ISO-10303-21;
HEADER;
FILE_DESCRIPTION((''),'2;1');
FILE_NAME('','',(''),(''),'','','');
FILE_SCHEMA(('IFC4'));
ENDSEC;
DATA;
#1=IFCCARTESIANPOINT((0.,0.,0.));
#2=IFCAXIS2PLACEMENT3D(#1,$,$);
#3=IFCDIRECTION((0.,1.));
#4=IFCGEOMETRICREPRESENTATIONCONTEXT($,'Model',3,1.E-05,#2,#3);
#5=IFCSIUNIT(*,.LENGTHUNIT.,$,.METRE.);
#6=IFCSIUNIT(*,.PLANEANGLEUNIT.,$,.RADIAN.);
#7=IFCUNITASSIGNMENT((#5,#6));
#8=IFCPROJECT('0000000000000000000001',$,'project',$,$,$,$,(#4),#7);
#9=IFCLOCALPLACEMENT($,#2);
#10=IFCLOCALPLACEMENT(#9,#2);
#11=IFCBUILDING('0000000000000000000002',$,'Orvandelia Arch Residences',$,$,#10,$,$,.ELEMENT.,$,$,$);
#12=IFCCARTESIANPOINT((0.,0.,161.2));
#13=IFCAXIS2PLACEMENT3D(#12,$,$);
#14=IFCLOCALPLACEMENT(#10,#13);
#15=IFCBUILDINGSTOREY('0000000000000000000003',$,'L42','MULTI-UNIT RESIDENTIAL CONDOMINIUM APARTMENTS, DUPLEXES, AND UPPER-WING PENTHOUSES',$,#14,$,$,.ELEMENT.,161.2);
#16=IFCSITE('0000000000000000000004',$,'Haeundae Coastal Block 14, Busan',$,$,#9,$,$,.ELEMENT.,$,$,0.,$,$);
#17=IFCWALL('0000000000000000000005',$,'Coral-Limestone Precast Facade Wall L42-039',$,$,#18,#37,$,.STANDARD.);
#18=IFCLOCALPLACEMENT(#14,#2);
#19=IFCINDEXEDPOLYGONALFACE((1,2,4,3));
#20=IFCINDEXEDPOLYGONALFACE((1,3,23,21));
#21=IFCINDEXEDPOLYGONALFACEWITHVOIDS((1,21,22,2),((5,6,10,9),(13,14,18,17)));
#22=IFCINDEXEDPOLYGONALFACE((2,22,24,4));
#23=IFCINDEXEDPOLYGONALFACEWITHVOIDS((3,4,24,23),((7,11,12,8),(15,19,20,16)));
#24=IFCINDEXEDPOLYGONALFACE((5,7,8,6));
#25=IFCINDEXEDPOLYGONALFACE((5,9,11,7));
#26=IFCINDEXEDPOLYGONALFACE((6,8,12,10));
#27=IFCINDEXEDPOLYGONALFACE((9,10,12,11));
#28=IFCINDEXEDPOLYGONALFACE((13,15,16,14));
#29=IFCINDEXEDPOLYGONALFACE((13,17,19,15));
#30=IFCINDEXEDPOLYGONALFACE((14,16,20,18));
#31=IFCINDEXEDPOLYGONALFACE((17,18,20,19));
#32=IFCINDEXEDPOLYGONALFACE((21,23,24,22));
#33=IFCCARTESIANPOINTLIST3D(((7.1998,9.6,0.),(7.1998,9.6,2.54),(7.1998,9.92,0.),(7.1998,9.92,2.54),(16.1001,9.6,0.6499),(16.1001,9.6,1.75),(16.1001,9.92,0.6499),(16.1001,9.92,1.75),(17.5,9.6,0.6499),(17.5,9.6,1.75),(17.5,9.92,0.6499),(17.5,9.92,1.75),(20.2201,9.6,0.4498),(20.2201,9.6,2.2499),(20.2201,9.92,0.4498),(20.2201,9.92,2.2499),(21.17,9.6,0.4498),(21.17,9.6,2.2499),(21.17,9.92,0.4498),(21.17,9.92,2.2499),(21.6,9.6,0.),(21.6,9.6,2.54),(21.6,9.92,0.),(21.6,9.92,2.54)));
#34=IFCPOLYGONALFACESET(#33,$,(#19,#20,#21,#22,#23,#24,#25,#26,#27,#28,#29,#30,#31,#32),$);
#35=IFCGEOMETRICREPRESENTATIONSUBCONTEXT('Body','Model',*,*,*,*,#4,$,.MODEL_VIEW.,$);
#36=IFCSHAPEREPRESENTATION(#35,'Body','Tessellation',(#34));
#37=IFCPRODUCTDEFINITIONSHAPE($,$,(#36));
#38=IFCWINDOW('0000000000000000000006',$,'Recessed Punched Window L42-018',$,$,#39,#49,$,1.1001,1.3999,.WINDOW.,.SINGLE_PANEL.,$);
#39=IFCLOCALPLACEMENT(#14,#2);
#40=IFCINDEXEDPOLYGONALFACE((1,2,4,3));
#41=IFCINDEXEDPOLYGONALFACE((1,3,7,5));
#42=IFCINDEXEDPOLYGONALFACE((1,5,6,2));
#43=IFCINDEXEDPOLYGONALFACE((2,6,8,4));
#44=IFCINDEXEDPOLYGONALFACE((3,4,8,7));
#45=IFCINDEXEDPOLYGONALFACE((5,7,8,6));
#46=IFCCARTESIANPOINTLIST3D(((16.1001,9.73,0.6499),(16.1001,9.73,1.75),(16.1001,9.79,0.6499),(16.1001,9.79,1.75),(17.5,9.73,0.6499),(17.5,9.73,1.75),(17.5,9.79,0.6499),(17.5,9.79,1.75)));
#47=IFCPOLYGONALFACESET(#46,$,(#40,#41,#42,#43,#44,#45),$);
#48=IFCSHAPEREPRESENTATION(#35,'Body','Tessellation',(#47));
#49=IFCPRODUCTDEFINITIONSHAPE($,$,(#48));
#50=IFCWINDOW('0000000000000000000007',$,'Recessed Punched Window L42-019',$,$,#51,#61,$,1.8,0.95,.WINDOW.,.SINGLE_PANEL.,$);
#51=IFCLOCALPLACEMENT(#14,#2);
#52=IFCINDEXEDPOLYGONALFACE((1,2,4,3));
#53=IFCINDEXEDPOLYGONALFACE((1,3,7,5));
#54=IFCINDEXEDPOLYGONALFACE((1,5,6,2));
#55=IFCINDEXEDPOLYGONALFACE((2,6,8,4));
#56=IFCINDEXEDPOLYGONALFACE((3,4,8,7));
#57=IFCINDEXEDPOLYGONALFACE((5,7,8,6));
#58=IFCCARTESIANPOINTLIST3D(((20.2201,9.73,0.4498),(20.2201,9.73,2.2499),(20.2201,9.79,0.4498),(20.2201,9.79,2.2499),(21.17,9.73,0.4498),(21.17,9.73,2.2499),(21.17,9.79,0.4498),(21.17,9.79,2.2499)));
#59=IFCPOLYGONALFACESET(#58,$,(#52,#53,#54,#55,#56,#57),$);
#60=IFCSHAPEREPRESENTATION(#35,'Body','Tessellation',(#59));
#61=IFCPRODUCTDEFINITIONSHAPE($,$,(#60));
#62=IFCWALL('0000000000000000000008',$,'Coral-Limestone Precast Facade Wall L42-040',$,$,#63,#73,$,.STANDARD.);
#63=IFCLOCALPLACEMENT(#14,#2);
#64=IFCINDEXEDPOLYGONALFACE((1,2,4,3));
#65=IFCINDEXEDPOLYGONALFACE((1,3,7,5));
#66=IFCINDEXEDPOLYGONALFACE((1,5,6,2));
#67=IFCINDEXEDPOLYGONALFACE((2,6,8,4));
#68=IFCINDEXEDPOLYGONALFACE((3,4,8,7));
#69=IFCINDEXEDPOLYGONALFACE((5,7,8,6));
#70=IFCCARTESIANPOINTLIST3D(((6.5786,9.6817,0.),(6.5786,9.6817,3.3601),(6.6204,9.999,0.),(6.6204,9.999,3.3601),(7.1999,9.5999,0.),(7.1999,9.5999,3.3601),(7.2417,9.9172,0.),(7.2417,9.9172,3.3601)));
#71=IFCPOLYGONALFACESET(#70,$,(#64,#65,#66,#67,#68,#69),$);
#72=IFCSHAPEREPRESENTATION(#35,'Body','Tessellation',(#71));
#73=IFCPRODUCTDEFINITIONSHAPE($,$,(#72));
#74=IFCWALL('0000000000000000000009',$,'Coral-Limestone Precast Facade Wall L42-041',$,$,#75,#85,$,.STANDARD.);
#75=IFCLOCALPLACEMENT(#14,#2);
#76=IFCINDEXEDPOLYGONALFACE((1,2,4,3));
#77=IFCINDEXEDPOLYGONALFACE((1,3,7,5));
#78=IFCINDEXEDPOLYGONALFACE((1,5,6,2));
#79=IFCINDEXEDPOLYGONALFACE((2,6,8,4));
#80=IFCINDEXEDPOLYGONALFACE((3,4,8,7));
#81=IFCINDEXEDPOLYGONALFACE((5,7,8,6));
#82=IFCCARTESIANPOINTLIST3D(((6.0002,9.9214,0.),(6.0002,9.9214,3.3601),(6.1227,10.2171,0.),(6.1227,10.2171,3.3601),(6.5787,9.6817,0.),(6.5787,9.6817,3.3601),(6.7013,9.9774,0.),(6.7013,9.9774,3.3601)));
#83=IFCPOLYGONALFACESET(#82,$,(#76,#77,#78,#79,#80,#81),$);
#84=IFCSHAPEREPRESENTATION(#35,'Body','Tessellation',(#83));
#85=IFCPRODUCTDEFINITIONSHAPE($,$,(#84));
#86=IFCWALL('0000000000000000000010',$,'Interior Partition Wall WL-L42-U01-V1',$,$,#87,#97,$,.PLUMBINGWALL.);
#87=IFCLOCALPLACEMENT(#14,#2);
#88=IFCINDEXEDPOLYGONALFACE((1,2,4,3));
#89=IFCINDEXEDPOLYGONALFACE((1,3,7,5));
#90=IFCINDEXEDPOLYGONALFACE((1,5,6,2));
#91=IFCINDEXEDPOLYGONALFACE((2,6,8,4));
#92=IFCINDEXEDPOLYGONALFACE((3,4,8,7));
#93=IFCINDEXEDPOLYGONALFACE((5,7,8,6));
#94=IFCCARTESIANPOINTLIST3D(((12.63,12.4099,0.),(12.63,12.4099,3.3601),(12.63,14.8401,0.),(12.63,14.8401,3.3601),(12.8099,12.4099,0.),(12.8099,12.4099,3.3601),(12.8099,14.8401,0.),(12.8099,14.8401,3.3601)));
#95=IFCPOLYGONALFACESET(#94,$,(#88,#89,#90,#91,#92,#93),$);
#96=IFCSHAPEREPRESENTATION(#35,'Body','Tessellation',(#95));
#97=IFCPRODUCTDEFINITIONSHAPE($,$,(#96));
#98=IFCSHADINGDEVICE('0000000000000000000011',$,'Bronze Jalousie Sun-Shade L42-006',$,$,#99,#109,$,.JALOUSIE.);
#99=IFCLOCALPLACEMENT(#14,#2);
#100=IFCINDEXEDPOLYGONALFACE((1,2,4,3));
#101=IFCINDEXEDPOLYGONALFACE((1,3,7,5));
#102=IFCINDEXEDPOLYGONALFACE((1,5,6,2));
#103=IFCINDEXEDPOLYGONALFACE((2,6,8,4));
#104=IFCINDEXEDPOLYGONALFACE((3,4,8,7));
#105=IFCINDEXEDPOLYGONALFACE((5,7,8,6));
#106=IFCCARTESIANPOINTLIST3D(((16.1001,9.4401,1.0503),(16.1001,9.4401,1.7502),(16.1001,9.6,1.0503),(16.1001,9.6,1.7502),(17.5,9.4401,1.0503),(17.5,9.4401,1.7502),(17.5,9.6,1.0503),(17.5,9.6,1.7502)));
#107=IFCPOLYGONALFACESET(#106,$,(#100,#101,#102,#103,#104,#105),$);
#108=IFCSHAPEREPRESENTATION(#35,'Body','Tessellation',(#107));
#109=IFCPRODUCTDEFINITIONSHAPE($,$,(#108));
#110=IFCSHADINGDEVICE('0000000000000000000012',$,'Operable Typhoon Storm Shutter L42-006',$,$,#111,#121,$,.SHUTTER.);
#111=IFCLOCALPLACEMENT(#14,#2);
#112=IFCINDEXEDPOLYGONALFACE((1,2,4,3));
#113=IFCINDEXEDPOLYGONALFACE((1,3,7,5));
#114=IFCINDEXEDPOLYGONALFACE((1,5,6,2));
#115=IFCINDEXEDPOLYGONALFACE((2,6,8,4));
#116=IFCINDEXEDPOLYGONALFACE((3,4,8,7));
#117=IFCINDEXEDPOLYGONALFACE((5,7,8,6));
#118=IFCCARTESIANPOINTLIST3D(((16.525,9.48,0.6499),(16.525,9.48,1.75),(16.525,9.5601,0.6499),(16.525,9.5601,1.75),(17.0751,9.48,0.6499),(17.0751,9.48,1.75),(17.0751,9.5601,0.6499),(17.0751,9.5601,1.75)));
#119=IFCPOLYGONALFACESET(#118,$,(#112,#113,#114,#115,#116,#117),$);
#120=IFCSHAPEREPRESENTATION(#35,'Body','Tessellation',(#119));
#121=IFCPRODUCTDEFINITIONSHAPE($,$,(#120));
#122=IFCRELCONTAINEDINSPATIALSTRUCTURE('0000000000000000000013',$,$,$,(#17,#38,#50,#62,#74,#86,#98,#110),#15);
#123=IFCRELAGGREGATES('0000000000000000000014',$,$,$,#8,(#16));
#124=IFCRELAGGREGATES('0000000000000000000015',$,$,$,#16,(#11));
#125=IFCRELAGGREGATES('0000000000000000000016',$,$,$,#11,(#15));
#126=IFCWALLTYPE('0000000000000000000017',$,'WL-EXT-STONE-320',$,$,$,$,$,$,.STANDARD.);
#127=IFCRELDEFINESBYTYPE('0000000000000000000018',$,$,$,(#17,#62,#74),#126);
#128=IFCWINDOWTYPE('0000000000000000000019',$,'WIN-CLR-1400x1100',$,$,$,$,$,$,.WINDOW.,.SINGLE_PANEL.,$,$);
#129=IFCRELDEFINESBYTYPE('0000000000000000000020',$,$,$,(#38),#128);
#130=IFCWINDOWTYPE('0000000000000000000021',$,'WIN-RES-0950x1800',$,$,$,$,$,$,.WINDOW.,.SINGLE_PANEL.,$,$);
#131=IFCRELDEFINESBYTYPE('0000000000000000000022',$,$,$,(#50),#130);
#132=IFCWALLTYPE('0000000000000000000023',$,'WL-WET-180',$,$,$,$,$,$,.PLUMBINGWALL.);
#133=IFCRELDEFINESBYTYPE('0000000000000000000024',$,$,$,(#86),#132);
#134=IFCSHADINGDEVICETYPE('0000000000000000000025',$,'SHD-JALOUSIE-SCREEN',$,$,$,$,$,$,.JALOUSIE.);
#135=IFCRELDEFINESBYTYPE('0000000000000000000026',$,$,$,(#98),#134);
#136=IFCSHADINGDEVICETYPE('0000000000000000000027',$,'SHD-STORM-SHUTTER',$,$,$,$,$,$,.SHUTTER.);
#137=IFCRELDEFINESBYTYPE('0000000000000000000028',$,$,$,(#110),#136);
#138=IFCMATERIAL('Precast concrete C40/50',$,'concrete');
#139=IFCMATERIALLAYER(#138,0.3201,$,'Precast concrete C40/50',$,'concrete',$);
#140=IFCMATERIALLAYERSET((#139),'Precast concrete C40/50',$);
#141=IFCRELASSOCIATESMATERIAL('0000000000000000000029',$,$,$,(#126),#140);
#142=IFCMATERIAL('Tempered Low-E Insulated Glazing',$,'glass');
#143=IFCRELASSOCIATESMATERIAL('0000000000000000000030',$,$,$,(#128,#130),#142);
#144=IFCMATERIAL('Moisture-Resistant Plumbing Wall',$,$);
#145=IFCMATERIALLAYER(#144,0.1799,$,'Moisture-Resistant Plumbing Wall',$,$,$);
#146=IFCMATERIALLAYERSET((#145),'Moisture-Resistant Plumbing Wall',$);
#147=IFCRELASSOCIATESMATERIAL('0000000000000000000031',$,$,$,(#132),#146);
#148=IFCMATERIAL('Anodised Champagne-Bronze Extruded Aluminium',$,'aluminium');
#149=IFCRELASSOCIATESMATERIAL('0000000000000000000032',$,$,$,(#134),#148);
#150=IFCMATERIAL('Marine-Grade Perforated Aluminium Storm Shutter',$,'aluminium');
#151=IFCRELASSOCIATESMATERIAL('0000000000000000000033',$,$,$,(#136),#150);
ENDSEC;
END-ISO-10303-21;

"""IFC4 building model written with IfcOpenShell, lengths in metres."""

from ifc_helpers import new_model, si_unit, direction, frame, frame_2d, origin, origin_2d, place, context, subcontext, project, spatial, rectangle, extrude, material, layer, layer_set, type_object, element, fill, save


model = new_model("IFC4")

# Units and contexts
model_context = context("Model", 3, precision=1e-05, world=origin(), true_north=direction((0.0, 1.0)))
body_context = subcontext(model_context, "Body", "Model", "MODEL_VIEW")
ifc_project = project(units=[si_unit("LENGTHUNIT", "METRE"), si_unit("PLANEANGLEUNIT", "RADIAN")], contexts=[model_context])

# Site, building, storey
site_placement = place(None, origin())
site = spatial("IfcSite", under=ifc_project, at=site_placement, Name="Haeundae Coastal Block 14, Busan", CompositionType="ELEMENT", RefElevation=0.0)
building_placement = place(site_placement, origin())
building = spatial("IfcBuilding", under=site, at=building_placement, Name="Orvandelia Arch Residences", CompositionType="ELEMENT")
storey_placement = place(building_placement, frame((0.0, 0.0, 161.2)))
storey = spatial("IfcBuildingStorey", under=building, at=storey_placement, Name="L42", Description="MULTI-UNIT RESIDENTIAL CONDOMINIUM APARTMENTS, DUPLEXES, AND UPPER-WING PENTHOUSES", CompositionType="ELEMENT", Elevation=161.2)

# Shared definitions
ifc_material_1 = material(Name="Precast concrete C40/50", Category="concrete")
ifc_layer_1 = layer(ifc_material_1, 0.3201, Name="Precast concrete C40/50", Category="concrete")
ifc_layer_set_1 = layer_set([ifc_layer_1], Name="Precast concrete C40/50")
wall_type_1 = type_object("IfcWallType", Name="WL-EXT-STONE-320", PredefinedType="STANDARD", material=ifc_layer_set_1)

# Wall, openings, windows
wall_1_placement = place(storey_placement, frame((21.6001, 9.76, 0.0), z_axis=(0.0, 0.0, 1.0), x_axis=(-1.0, 0.0, 0.0)))
wall_1 = element("IfcWall", 1, at=wall_1_placement, inside=storey, type_object=wall_type_1, Name="Coral-Limestone Precast Facade Wall L42-039", PredefinedType="STANDARD", context=body_context, shape_type="SweptSolid", body=[
    extrude(rectangle(XDim=14.4001, YDim=0.3201, at=frame_2d((7.2002, 0.0))), origin(), (0.0, 0.0, 1.0), 2.54),
])
opening_1_placement = place(wall_1_placement, frame((4.1001, 0.0, 0.6499)))
opening_1 = element("IfcOpeningElement", 2, at=opening_1_placement, cuts=wall_1, PredefinedType="OPENING", context=body_context, shape_type="SweptSolid", body=[
    extrude(rectangle(XDim=1.3999, YDim=1.1001, at=frame_2d((0.7, 0.55))), frame((0.0, 0.1699, 0.0), z_axis=(0.0, -1.0, 0.0), x_axis=(1.0, 0.0, 0.0)), (0.0, 0.0, 1.0), 0.3401),
])
opening_2_placement = place(wall_1_placement, frame((0.4299, 0.0, 0.45)))
opening_2 = element("IfcOpeningElement", 3, at=opening_2_placement, cuts=wall_1, PredefinedType="OPENING", context=body_context, shape_type="SweptSolid", body=[
    extrude(rectangle(XDim=0.95, YDim=1.8, at=frame_2d((0.4751, 0.8999))), frame((0.0, 0.1699, 0.0), z_axis=(0.0, -1.0, 0.0), x_axis=(1.0, 0.0, 0.0)), (0.0, 0.0, 1.0), 0.3401),
])
ifc_material_2 = material(Name="Tempered Low-E Insulated Glazing", Category="glass")
window_type_1 = type_object("IfcWindowType", Name="WIN-CLR-1400x1100", PartitioningType="SINGLE_PANEL", PredefinedType="WINDOW", material=ifc_material_2)
window_1_placement = place(opening_1_placement, origin())
window_1 = element("IfcWindow", 4, at=window_1_placement, inside=storey, type_object=window_type_1, Name="Recessed Punched Window L42-018", OverallHeight=1.1001, OverallWidth=1.3999, PartitioningType="SINGLE_PANEL", PredefinedType="WINDOW", context=body_context, shape_type="SweptSolid", body=[
    extrude(rectangle(XDim=1.3999, YDim=1.1001, at=frame_2d((0.7, 0.55))), frame((0.0, 0.03, 0.0), z_axis=(0.0, -1.0, 0.0), x_axis=(1.0, 0.0, 0.0)), (0.0, 0.0, 1.0), 0.0601),
])
fill(opening_1, window_1)
window_type_2 = type_object("IfcWindowType", Name="WIN-RES-0950x1800", PartitioningType="SINGLE_PANEL", PredefinedType="WINDOW", material=ifc_material_2)
window_2_placement = place(opening_2_placement, origin())
window_2 = element("IfcWindow", 5, at=window_2_placement, inside=storey, type_object=window_type_2, Name="Recessed Punched Window L42-019", OverallHeight=1.8, OverallWidth=0.95, PartitioningType="SINGLE_PANEL", PredefinedType="WINDOW", context=body_context, shape_type="SweptSolid", body=[
    extrude(rectangle(XDim=0.95, YDim=1.8, at=frame_2d((0.4751, 0.8999))), frame((0.0, 0.03, 0.0), z_axis=(0.0, -1.0, 0.0), x_axis=(1.0, 0.0, 0.0)), (0.0, 0.0, 1.0), 0.0601),
])
fill(opening_2, window_2)

# Walls
wall_2_placement = place(storey_placement, frame((7.2209, 9.7585, 0.0), z_axis=(0.0, 0.0, 1.0), x_axis=(-0.991448, 0.130505, 0.0)))
element("IfcWall", 6, at=wall_2_placement, inside=storey, type_object=wall_type_1, Name="Coral-Limestone Precast Facade Wall L42-040", PredefinedType="STANDARD", context=body_context, shape_type="SweptSolid", body=[
    extrude(rectangle(XDim=0.6267, YDim=0.3201, at=frame_2d((0.3135, 0.0))), origin(), (0.0, 0.0, 1.0), 3.3601),
])
wall_3_placement = place(storey_placement, frame((6.6399, 9.8296, 0.0), z_axis=(0.0, 0.0, 1.0), x_axis=(-0.923836, 0.382788, 0.0)))
element("IfcWall", 7, at=wall_3_placement, inside=storey, type_object=wall_type_1, Name="Coral-Limestone Precast Facade Wall L42-041", PredefinedType="STANDARD", context=body_context, shape_type="SweptSolid", body=[
    extrude(rectangle(XDim=0.6262, YDim=0.3201, at=frame_2d((0.313, 0.0))), origin(), (0.0, 0.0, 1.0), 3.3601),
])
ifc_material_3 = material(Name="Moisture-Resistant Plumbing Wall")
ifc_layer_2 = layer(ifc_material_3, 0.1799, Name="Moisture-Resistant Plumbing Wall")
ifc_layer_set_2 = layer_set([ifc_layer_2], Name="Moisture-Resistant Plumbing Wall")
wall_type_2 = type_object("IfcWallType", Name="WL-WET-180", PredefinedType="PLUMBINGWALL", material=ifc_layer_set_2)
wall_4_placement = place(storey_placement, frame((12.72, 12.4099, 0.0), z_axis=(0.0, 0.0, 1.0), x_axis=(0.0, 1.0, 0.0)))
element("IfcWall", 8, at=wall_4_placement, inside=storey, type_object=wall_type_2, Name="Interior Partition Wall WL-L42-U01-V1", PredefinedType="PLUMBINGWALL", context=body_context, shape_type="SweptSolid", body=[
    extrude(rectangle(XDim=2.4302, YDim=0.1799, at=frame_2d((1.2151, 0.0))), origin(), (0.0, 0.0, 1.0), 3.3601),
])

# Shading devices
ifc_material_4 = material(Name="Anodised Champagne-Bronze Extruded Aluminium", Category="aluminium")
shading_device_type_1 = type_object("IfcShadingDeviceType", Name="SHD-JALOUSIE-SCREEN", PredefinedType="JALOUSIE", material=ifc_material_4)
shading_device_1_placement = place(storey_placement, frame((16.8, 9.52, 1.0503), z_axis=(0.0, 0.0, 1.0), x_axis=(-1.0, 0.0, 0.0)))
element("IfcShadingDevice", 9, at=shading_device_1_placement, inside=storey, type_object=shading_device_type_1, Name="Bronze Jalousie Sun-Shade L42-006", PredefinedType="JALOUSIE", context=body_context, shape_type="SweptSolid", body=[
    extrude(rectangle(XDim=1.3999, YDim=0.1599, at=origin_2d()), origin(), (0.0, 0.0, 1.0), 0.7),
])
ifc_material_5 = material(Name="Marine-Grade Perforated Aluminium Storm Shutter", Category="aluminium")
shading_device_type_2 = type_object("IfcShadingDeviceType", Name="SHD-STORM-SHUTTER", PredefinedType="SHUTTER", material=ifc_material_5)
shading_device_2_placement = place(storey_placement, frame((16.8, 9.52, 0.6499), z_axis=(0.0, 0.0, 1.0), x_axis=(-1.0, 0.0, 0.0)))
element("IfcShadingDevice", 10, at=shading_device_2_placement, inside=storey, type_object=shading_device_type_2, Name="Operable Typhoon Storm Shutter L42-006", PredefinedType="SHUTTER", context=body_context, shape_type="SweptSolid", body=[
    extrude(rectangle(XDim=0.55, YDim=0.0801, at=origin_2d()), origin(), (0.0, 0.0, 1.0), 1.1001),
])

save(model, "model.ifc")
